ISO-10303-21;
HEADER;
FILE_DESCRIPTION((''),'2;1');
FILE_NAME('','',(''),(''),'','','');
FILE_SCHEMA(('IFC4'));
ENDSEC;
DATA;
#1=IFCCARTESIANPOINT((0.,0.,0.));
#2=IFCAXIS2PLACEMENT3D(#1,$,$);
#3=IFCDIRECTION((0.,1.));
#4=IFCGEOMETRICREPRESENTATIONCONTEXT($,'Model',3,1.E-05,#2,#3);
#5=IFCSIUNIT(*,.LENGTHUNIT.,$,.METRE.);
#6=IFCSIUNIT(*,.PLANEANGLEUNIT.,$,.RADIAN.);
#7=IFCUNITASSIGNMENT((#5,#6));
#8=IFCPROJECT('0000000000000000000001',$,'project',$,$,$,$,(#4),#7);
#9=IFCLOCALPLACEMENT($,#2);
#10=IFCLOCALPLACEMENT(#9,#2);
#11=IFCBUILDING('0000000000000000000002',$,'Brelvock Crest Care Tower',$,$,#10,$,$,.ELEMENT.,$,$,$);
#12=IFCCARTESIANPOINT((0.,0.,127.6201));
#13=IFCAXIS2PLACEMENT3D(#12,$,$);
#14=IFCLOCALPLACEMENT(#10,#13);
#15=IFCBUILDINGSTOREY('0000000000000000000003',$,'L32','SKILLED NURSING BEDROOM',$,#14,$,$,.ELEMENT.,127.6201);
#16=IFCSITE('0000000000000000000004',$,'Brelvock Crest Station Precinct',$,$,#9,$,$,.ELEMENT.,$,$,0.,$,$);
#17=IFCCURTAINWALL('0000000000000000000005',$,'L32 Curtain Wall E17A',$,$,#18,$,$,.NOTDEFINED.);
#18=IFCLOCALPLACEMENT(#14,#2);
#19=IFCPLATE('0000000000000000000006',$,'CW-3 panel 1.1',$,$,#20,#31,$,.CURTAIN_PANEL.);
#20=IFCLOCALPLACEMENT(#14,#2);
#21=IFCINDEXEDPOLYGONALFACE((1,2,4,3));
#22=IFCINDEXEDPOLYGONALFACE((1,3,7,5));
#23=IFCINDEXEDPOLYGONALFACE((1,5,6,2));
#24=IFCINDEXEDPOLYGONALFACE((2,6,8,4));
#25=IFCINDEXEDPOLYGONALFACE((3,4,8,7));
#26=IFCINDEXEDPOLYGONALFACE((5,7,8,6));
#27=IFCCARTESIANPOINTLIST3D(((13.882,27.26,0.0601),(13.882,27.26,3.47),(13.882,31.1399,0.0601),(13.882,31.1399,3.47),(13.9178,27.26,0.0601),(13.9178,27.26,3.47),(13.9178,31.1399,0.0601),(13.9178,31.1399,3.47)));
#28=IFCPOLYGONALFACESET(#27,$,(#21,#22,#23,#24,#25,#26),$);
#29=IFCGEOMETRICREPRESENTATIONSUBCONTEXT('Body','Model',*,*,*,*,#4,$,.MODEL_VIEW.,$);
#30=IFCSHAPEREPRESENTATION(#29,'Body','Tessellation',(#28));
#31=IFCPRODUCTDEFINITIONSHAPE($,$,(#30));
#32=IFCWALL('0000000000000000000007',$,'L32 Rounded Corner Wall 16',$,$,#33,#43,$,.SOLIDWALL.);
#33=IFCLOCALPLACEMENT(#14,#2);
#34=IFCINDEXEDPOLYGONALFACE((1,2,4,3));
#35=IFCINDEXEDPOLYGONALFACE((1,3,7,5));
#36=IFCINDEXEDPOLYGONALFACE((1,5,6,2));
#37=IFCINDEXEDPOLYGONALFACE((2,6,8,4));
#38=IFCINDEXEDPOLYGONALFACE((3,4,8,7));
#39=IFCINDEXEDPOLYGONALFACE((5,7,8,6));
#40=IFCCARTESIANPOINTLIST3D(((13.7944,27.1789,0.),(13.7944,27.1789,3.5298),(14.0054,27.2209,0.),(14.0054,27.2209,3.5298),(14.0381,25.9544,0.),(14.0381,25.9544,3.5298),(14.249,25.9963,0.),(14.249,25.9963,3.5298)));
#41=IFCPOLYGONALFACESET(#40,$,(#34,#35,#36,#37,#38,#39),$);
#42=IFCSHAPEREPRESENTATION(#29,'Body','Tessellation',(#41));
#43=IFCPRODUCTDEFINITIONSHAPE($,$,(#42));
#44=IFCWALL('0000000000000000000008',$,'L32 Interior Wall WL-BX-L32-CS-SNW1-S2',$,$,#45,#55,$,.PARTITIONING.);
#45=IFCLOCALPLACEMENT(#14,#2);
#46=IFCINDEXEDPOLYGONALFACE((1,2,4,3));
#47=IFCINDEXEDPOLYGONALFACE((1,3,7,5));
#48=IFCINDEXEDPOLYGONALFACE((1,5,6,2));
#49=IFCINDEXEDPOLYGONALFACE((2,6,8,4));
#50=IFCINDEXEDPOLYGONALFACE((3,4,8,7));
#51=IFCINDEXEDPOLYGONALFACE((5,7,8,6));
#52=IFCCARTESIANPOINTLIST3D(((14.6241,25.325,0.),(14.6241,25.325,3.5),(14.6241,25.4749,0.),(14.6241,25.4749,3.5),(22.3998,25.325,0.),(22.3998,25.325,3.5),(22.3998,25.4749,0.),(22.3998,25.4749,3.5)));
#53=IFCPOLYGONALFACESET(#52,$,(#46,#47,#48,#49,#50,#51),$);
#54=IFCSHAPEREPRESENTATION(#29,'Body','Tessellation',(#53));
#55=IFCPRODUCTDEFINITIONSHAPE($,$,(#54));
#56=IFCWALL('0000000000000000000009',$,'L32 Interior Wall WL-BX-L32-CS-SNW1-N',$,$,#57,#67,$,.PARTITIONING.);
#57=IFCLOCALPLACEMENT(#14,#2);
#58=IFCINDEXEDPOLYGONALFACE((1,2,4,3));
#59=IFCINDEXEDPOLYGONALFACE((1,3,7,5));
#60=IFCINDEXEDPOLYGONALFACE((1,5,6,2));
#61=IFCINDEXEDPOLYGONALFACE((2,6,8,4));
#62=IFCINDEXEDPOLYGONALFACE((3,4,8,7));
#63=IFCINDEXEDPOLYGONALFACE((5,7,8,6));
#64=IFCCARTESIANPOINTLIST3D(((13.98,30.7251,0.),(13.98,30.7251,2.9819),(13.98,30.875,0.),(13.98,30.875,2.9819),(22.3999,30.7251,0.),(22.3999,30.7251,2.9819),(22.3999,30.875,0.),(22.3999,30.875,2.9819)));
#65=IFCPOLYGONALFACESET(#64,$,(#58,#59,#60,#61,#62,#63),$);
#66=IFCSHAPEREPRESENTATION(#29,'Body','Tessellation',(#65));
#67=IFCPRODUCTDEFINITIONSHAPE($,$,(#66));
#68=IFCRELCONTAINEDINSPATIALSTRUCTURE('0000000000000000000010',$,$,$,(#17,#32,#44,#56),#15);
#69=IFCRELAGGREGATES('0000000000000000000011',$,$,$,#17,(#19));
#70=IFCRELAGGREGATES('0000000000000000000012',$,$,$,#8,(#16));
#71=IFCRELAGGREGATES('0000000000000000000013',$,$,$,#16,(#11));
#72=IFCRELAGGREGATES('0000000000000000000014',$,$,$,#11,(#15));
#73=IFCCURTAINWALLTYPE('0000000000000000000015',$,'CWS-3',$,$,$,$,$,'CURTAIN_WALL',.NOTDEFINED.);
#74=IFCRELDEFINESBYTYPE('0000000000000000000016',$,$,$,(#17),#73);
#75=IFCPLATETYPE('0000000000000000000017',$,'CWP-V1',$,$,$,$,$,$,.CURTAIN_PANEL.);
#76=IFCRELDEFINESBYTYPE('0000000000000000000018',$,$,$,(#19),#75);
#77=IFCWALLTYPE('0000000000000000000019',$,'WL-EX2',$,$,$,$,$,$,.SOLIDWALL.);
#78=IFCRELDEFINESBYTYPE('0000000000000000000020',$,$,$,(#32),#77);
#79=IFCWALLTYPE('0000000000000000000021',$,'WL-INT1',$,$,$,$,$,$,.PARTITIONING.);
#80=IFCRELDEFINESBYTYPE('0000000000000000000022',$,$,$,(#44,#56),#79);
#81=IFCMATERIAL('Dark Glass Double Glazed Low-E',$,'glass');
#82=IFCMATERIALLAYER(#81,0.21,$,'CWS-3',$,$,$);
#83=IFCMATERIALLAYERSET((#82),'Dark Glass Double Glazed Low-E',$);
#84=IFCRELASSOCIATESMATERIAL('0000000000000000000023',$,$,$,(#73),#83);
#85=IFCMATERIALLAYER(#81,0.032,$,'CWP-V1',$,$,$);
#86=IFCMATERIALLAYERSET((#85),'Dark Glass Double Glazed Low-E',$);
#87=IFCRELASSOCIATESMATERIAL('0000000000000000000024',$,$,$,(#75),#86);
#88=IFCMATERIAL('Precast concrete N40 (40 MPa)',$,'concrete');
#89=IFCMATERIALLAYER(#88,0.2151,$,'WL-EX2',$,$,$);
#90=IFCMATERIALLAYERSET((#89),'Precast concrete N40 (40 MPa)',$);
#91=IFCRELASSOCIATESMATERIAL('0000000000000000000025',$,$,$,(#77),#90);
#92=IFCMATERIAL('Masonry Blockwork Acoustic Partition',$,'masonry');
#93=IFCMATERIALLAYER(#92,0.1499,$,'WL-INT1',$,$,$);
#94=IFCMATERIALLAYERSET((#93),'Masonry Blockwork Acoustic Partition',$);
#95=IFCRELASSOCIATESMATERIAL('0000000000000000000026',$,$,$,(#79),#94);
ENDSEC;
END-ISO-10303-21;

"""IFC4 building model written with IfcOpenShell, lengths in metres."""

from ifc_helpers import new_model, si_unit, direction, frame, frame_2d, origin, origin_2d, place, context, subcontext, project, spatial, rectangle, extrude, source, transform, mapped, material, layer, layer_set, type_object, element, aggregate, save


model = new_model("IFC4")

# Units and contexts
model_context = context("Model", 3, precision=1e-05, world=origin(), true_north=direction((0.0, 1.0)))
body_context = subcontext(model_context, "Body", "Model", "MODEL_VIEW")
ifc_project = project(units=[si_unit("LENGTHUNIT", "METRE"), si_unit("PLANEANGLEUNIT", "RADIAN")], contexts=[model_context])

# Site, building, storey
site_placement = place(None, origin())
site = spatial("IfcSite", under=ifc_project, at=site_placement, Name="Brelvock Crest Station Precinct", CompositionType="ELEMENT", RefElevation=0.0)
building_placement = place(site_placement, origin())
building = spatial("IfcBuilding", under=site, at=building_placement, Name="Brelvock Crest Care Tower", CompositionType="ELEMENT")
storey_placement = place(building_placement, frame((0.0, 0.0, 127.6201)))
storey = spatial("IfcBuildingStorey", under=building, at=storey_placement, Name="L32", Description="SKILLED NURSING BEDROOM", CompositionType="ELEMENT", Elevation=127.6201)

# Curtain wall, plate
ifc_material_1 = material(Name="Dark Glass Double Glazed Low-E", Category="glass")
ifc_layer_1 = layer(ifc_material_1, 0.21, Name="CWS-3")
ifc_layer_set_1 = layer_set([ifc_layer_1], Name="Dark Glass Double Glazed Low-E")
curtain_wall_type = type_object("IfcCurtainWallType", Name="CWS-3", ElementType="CURTAIN_WALL", PredefinedType="NOTDEFINED", material=ifc_layer_set_1)
curtain_wall_placement = place(storey_placement, origin())
curtain_wall = element("IfcCurtainWall", 1, at=curtain_wall_placement, inside=storey, type_object=curtain_wall_type, Name="L32 Curtain Wall E17A", PredefinedType="NOTDEFINED")
ifc_layer_2 = layer(ifc_material_1, 0.032, Name="CWP-V1")
ifc_layer_set_2 = layer_set([ifc_layer_2], Name="Dark Glass Double Glazed Low-E")
plate_type = type_object("IfcPlateType", Name="CWP-V1", PredefinedType="CURTAIN_PANEL", material=ifc_layer_set_2)
shared_shape_1 = source(origin(), body_context, "Body", "SweptSolid", [
    extrude(rectangle(XDim=3.8799, YDim=0.0359, at=origin_2d()), origin(), (0.0, 0.0, 1.0), 3.4099),
])
plate_placement = place(storey_placement, frame((13.8999, 29.2, 0.0601), z_axis=(0.0, 0.0, 1.0), x_axis=(0.0, 1.0, 0.0)))
plate = element("IfcPlate", 2, at=plate_placement, type_object=plate_type, Name="CW-3 panel 1.1", PredefinedType="CURTAIN_PANEL", context=body_context, shape_type="MappedRepresentation", body=[
    mapped(shared_shape_1, transform((0.0, 0.0, 0.0), x_axis=(1.0, 0.0, 0.0), y_axis=(0.0, 1.0, 0.0), z_axis=(0.0, 0.0, 1.0), scale=1.0)),
])
aggregate(curtain_wall, [plate])

# Shared definitions
ifc_material_2 = material(Name="Precast concrete N40 (40 MPa)", Category="concrete")

# Walls
ifc_layer_3 = layer(ifc_material_2, 0.2151, Name="WL-EX2")
ifc_layer_set_3 = layer_set([ifc_layer_3], Name="Precast concrete N40 (40 MPa)")
wall_type_1 = type_object("IfcWallType", Name="WL-EX2", PredefinedType="SOLIDWALL", material=ifc_layer_set_3)
wall_1_placement = place(storey_placement, frame((14.1436, 25.9753, 0.0), z_axis=(0.0, 0.0, 1.0), x_axis=(-0.195138, 0.980776, 0.0)))
element("IfcWall", 3, at=wall_1_placement, inside=storey, type_object=wall_type_1, Name="L32 Rounded Corner Wall 16", PredefinedType="SOLIDWALL", context=body_context, shape_type="SweptSolid", body=[
    extrude(rectangle(XDim=1.2485, YDim=0.2151, at=frame_2d((0.6243, 0.0))), origin(), (0.0, 0.0, 1.0), 3.5298),
])
ifc_material_3 = material(Name="Masonry Blockwork Acoustic Partition", Category="masonry")
ifc_layer_4 = layer(ifc_material_3, 0.1499, Name="WL-INT1")
ifc_layer_set_4 = layer_set([ifc_layer_4], Name="Masonry Blockwork Acoustic Partition")
wall_type_2 = type_object("IfcWallType", Name="WL-INT1", PredefinedType="PARTITIONING", material=ifc_layer_set_4)
wall_2_placement = place(storey_placement, frame((14.6243, 25.3999, 0.0), z_axis=(0.0, 0.0, 1.0), x_axis=(1.0, 0.0, 0.0)))
element("IfcWall", 4, at=wall_2_placement, inside=storey, type_object=wall_type_2, Name="L32 Interior Wall WL-BX-L32-CS-SNW1-S2", PredefinedType="PARTITIONING", context=body_context, shape_type="SweptSolid", body=[
    extrude(rectangle(XDim=7.7756, YDim=0.1499, at=frame_2d((3.8877, 0.0))), origin(), (0.0, 0.0, 1.0), 3.5),
])
wall_3_placement = place(storey_placement, frame((13.98, 30.8, 0.0), z_axis=(0.0, 0.0, 1.0), x_axis=(1.0, 0.0, 0.0)))
element("IfcWall", 5, at=wall_3_placement, inside=storey, type_object=wall_type_2, Name="L32 Interior Wall WL-BX-L32-CS-SNW1-N", PredefinedType="PARTITIONING", context=body_context, shape_type="SweptSolid", body=[
    extrude(rectangle(XDim=8.4199, YDim=0.1499, at=frame_2d((4.21, 0.0))), origin(), (0.0, 0.0, 1.0), 2.9819),
])

save(model, "model.ifc")
